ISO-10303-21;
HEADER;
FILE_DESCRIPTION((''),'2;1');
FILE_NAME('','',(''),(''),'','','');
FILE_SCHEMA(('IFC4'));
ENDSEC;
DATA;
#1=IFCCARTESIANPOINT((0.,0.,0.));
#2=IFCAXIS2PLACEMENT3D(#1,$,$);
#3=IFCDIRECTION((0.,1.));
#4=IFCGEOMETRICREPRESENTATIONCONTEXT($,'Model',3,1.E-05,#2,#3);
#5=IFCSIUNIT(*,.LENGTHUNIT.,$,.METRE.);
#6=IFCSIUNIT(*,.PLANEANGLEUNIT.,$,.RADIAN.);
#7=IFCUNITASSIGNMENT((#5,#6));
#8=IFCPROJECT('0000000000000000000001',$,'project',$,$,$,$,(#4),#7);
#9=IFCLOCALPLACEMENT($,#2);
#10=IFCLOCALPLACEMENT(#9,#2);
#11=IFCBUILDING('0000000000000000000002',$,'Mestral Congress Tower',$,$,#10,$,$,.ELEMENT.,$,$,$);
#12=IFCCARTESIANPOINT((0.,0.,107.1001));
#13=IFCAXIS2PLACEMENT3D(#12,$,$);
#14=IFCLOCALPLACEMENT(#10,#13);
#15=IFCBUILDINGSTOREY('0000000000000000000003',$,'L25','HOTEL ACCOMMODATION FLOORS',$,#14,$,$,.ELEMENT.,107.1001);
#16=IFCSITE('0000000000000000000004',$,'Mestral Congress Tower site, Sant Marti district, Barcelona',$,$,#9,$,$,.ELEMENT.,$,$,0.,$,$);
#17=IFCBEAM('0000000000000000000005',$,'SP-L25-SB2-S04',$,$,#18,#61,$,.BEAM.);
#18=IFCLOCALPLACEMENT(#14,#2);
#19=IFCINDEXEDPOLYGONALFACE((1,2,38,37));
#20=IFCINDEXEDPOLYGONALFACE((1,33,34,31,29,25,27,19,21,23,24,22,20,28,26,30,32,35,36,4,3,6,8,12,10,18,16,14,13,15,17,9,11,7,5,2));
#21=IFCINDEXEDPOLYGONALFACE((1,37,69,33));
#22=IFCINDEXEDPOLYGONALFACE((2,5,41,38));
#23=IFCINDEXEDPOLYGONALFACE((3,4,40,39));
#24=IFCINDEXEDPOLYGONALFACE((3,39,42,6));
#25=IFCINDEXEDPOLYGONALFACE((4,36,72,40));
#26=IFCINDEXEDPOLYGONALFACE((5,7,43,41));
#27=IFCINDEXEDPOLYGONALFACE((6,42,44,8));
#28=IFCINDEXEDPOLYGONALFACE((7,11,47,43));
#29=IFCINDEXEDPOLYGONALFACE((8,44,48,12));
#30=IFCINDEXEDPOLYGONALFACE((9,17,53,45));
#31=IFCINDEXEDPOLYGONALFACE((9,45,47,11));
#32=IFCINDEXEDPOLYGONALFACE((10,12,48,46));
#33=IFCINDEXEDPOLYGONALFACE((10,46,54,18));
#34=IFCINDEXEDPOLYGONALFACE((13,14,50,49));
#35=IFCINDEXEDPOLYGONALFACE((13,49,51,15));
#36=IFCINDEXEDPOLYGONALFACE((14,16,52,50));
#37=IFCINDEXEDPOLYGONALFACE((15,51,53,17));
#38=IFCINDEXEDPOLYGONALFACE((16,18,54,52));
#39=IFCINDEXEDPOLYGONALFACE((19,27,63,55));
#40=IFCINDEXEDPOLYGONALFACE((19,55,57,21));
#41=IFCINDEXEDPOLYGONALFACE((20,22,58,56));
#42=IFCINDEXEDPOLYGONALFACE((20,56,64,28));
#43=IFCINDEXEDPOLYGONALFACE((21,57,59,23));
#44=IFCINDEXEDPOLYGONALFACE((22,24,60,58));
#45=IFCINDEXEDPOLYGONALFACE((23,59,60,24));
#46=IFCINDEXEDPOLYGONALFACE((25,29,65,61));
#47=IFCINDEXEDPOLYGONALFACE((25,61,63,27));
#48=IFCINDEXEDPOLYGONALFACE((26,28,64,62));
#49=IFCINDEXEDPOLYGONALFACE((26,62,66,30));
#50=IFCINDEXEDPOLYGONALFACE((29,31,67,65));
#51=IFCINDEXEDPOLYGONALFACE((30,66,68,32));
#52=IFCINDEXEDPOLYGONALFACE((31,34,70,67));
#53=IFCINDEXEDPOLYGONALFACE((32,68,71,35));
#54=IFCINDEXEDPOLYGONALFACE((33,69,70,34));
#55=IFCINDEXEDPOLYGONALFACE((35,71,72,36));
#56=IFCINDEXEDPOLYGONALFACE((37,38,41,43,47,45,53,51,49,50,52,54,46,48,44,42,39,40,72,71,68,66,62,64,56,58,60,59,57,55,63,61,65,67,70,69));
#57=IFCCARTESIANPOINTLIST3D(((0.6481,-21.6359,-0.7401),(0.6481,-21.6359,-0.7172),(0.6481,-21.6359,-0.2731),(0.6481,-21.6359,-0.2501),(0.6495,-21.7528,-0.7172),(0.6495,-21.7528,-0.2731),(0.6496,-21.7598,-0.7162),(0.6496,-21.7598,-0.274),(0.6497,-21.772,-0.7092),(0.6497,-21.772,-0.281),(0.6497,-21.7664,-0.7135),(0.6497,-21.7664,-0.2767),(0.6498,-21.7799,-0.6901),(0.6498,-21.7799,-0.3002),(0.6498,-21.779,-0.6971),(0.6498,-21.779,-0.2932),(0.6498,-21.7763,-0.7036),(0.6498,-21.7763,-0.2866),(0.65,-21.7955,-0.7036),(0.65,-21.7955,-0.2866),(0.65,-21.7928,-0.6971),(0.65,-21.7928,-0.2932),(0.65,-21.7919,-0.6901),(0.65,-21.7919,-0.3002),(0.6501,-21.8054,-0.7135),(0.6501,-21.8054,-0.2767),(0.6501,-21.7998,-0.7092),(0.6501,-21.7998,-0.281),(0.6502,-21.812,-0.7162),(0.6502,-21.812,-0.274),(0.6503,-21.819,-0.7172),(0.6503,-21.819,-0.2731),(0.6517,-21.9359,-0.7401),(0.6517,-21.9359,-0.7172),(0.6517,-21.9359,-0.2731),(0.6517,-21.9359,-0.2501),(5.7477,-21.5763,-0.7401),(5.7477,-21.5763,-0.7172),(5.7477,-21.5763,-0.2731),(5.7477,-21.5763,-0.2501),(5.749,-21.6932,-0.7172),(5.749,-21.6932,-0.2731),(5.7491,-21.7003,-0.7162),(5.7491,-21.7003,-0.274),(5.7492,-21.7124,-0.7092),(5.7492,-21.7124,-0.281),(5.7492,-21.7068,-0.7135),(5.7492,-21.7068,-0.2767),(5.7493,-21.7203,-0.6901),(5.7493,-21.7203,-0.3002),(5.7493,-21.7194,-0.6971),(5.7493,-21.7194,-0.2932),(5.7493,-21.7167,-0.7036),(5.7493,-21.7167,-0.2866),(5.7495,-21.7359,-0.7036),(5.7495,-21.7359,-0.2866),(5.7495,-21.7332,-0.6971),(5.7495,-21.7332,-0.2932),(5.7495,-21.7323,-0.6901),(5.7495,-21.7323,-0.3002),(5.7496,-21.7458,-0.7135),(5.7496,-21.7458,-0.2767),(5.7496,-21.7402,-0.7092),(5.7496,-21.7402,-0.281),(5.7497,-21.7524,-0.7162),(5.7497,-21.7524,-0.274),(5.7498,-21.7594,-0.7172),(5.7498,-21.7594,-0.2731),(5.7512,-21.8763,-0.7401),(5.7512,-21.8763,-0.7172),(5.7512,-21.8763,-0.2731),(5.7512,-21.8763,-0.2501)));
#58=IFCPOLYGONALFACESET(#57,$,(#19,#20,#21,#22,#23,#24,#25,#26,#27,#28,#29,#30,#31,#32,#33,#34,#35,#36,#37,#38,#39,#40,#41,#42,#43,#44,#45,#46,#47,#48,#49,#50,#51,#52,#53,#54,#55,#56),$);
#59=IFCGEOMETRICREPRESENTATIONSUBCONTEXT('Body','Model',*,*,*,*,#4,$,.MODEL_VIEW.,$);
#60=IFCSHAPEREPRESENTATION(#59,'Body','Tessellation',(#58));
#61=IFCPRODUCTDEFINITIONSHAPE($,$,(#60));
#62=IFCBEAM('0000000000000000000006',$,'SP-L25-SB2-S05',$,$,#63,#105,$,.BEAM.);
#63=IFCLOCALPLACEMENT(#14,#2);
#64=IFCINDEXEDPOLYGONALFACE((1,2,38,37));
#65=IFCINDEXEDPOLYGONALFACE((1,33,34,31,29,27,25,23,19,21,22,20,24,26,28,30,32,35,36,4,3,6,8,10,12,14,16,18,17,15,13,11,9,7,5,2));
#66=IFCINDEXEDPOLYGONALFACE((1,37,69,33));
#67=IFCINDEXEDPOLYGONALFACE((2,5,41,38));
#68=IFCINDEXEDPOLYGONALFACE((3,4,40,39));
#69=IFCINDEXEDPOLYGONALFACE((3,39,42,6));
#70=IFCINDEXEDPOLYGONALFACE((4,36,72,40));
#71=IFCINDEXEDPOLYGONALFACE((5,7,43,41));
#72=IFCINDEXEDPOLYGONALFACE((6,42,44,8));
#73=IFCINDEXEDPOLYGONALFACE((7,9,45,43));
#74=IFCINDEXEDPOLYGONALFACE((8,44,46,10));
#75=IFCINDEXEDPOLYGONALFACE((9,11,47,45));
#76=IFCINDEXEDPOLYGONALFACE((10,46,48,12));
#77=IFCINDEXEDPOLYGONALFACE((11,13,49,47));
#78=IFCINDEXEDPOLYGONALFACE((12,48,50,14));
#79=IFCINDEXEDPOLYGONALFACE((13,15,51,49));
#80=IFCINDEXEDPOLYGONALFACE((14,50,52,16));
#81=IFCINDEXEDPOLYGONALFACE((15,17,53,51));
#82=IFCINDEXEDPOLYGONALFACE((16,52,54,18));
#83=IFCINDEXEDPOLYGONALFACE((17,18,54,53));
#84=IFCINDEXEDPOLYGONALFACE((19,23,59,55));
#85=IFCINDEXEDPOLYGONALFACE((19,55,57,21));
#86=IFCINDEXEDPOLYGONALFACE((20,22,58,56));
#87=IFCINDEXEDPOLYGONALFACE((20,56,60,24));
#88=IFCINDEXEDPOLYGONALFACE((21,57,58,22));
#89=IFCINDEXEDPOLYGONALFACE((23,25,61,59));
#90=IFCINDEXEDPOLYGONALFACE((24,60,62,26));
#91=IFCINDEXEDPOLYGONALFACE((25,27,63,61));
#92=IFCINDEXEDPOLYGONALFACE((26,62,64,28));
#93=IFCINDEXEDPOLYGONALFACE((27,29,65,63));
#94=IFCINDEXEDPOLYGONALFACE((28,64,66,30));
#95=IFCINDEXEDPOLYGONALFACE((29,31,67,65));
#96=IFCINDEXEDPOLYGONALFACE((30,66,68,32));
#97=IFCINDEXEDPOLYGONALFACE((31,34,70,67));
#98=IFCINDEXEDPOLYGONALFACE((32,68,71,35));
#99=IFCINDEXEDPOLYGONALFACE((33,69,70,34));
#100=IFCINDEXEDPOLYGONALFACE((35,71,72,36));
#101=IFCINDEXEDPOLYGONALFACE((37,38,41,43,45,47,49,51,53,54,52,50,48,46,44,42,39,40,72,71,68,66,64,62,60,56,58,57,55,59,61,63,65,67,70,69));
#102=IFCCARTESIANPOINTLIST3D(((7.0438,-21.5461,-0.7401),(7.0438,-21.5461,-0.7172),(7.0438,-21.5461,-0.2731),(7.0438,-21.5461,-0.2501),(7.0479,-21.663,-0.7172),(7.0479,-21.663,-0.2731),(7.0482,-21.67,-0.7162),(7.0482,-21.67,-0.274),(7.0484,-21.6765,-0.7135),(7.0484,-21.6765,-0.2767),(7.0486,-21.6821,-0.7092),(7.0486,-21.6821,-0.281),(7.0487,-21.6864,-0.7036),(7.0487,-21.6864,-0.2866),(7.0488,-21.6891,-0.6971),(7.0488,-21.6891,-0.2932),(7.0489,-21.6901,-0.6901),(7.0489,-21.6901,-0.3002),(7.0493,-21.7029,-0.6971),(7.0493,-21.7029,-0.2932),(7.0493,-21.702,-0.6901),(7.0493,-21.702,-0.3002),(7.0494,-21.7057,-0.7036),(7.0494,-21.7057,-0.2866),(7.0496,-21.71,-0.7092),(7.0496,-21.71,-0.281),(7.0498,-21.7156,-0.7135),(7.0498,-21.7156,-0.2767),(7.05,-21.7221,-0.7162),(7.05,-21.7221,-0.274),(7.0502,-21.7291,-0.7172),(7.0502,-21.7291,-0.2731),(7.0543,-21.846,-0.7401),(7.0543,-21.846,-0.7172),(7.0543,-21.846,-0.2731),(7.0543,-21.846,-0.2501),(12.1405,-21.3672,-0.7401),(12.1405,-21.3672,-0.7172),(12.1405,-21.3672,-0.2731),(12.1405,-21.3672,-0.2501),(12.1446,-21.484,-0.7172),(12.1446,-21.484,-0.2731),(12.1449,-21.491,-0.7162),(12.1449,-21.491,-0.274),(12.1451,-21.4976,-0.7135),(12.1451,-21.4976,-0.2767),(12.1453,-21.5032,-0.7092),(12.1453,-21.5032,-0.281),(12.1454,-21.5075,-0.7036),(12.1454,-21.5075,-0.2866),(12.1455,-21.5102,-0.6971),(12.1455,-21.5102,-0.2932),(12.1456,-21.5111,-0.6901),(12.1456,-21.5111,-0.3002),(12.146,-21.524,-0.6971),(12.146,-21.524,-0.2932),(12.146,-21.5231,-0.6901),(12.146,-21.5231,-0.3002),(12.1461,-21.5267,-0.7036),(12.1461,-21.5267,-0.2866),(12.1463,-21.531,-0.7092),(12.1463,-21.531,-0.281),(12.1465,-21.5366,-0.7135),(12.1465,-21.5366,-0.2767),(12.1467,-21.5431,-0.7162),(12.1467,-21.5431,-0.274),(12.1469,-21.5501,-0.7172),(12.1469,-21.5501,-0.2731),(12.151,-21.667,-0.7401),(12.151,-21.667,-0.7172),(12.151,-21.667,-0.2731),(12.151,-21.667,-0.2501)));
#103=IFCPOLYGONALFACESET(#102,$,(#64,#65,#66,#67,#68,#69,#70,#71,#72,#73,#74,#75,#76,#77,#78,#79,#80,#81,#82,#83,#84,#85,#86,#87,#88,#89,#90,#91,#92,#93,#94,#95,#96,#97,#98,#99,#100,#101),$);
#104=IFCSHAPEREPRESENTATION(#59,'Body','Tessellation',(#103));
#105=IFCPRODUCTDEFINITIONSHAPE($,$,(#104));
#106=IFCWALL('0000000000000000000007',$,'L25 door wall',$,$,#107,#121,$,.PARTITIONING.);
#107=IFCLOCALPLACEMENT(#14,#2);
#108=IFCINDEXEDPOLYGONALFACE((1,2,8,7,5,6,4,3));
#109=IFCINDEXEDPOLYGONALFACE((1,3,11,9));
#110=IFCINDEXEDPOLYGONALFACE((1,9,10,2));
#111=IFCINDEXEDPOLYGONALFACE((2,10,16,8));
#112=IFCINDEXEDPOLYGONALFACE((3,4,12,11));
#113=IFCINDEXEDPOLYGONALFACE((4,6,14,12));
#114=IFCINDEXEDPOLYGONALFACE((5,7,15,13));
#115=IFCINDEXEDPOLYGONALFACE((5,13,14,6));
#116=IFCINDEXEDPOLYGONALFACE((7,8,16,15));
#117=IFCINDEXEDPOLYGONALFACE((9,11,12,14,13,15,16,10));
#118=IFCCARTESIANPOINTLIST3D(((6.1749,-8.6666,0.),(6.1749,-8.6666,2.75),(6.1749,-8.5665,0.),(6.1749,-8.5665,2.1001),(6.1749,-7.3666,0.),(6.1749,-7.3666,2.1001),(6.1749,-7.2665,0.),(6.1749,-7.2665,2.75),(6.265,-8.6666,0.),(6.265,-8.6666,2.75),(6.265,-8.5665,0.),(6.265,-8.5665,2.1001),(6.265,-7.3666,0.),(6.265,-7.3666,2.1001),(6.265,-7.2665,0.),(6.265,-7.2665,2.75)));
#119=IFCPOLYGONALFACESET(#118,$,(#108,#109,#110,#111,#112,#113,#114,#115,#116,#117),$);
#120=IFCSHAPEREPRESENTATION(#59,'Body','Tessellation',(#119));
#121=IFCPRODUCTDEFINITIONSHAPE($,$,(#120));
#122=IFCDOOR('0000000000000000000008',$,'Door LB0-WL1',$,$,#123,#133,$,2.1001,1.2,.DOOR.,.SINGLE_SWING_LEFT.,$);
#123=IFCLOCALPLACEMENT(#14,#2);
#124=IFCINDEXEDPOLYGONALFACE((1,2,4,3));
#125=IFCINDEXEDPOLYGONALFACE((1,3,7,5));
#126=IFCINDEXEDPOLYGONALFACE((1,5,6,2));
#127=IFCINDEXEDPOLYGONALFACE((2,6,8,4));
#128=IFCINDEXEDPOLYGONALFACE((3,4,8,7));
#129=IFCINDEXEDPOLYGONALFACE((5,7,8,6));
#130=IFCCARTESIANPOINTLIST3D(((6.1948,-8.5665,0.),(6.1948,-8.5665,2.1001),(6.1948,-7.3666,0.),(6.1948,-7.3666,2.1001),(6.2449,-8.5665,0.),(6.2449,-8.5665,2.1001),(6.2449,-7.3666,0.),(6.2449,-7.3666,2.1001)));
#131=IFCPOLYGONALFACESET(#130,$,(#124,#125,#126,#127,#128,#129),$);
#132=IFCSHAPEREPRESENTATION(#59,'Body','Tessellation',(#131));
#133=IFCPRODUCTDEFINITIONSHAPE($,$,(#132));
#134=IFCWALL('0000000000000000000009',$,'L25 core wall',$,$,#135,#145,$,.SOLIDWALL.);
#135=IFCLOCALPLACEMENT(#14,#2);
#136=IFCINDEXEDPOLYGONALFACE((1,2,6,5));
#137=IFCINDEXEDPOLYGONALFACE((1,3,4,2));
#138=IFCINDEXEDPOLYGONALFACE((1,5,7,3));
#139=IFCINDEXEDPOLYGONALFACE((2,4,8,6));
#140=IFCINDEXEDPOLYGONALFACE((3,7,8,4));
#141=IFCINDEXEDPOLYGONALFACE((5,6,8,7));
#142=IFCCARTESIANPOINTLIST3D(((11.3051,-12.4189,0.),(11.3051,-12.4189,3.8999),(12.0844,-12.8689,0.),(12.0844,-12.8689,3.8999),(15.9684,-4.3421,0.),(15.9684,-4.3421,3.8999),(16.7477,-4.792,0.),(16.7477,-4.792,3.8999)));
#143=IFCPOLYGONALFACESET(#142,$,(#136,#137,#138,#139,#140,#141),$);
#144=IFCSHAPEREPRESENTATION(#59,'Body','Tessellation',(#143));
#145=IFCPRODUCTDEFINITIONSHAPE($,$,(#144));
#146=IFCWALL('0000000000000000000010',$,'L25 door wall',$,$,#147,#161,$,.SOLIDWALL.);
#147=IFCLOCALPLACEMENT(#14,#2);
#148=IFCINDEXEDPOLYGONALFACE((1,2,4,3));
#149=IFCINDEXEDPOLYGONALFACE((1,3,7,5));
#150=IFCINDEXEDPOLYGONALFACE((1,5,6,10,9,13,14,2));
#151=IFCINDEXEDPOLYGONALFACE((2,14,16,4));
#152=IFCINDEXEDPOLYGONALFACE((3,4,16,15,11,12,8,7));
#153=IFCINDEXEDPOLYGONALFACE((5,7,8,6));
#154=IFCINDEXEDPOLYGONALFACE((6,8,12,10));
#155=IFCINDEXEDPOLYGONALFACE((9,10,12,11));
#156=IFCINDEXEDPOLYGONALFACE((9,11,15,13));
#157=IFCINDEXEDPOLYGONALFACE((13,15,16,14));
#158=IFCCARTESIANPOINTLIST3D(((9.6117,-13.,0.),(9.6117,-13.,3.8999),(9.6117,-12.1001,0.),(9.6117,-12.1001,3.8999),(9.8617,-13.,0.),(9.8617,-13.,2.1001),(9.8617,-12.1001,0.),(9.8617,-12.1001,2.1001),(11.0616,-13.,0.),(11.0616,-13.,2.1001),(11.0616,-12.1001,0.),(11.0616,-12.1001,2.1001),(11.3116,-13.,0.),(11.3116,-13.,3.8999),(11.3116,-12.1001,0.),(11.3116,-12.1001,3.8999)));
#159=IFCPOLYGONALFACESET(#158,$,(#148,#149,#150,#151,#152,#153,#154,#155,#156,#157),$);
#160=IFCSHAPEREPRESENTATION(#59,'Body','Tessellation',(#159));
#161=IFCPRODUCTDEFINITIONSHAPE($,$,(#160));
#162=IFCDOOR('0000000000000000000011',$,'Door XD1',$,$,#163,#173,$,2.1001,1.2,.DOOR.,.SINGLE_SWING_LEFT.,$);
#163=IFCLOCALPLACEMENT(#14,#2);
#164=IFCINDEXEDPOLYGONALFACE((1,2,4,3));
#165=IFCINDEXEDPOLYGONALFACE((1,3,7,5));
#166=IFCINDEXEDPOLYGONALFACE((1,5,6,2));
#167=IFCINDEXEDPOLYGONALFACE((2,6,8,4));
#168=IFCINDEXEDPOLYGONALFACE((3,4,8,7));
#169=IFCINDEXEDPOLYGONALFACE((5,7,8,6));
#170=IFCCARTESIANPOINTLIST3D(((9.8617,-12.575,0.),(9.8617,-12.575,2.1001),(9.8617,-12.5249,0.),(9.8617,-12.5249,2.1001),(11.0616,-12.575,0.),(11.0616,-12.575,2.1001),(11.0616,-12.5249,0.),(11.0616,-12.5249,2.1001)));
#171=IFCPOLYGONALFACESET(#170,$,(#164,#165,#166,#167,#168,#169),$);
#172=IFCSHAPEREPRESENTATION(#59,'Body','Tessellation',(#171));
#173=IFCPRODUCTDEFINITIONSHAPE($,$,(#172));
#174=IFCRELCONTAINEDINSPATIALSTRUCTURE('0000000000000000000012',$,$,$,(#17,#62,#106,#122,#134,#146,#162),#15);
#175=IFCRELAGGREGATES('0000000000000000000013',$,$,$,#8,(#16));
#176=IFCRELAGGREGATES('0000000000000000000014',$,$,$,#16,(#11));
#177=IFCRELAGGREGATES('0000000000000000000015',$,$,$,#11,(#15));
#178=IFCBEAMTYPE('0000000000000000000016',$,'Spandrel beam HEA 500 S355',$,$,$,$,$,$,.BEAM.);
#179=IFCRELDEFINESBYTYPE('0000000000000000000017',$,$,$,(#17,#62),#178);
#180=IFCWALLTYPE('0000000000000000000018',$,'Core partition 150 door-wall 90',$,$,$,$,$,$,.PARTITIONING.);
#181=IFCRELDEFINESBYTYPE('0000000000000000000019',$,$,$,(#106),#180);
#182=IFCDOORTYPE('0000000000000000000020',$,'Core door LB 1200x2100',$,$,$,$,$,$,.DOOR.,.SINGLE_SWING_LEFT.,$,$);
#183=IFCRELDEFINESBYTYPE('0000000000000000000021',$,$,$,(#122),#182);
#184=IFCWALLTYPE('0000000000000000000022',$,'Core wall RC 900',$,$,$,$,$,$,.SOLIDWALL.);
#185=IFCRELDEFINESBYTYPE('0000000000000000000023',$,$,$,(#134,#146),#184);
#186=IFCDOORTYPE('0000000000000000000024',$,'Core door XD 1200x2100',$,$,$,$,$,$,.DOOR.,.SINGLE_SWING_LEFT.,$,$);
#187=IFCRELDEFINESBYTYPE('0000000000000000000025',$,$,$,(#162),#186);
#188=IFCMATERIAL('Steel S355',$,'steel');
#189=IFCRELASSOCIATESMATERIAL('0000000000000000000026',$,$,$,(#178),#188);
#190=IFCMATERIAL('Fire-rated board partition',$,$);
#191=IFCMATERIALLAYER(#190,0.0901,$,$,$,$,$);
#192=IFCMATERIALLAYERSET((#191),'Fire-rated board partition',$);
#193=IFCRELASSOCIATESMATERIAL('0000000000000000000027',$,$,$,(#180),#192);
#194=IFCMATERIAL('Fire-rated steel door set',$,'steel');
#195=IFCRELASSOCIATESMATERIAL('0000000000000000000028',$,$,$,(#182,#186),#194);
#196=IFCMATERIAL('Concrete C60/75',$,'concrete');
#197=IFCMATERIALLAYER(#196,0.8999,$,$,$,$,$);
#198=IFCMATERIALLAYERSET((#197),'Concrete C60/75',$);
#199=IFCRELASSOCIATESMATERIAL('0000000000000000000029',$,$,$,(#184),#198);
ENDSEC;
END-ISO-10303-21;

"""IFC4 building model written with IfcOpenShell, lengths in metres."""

from ifc_helpers import new_model, si_unit, direction, frame, frame_2d, origin, origin_2d, place, context, subcontext, project, spatial, rectangle, i_section, extrude, material, layer, layer_set, material_profile, profile_set, type_object, element, fill, save


model = new_model("IFC4")

# Units and contexts
model_context = context("Model", 3, precision=1e-05, world=origin(), true_north=direction((0.0, 1.0)))
body_context = subcontext(model_context, "Body", "Model", "MODEL_VIEW")
ifc_project = project(units=[si_unit("LENGTHUNIT", "METRE"), si_unit("PLANEANGLEUNIT", "RADIAN")], contexts=[model_context])

# Site, building, storey
site_placement = place(None, origin())
site = spatial("IfcSite", under=ifc_project, at=site_placement, Name="Mestral Congress Tower site, Sant Marti district, Barcelona", CompositionType="ELEMENT", RefElevation=0.0)
building_placement = place(site_placement, origin())
building = spatial("IfcBuilding", under=site, at=building_placement, Name="Mestral Congress Tower", CompositionType="ELEMENT")
storey_placement = place(building_placement, frame((0.0, 0.0, 107.1001)))
storey = spatial("IfcBuildingStorey", under=building, at=storey_placement, Name="L25", Description="HOTEL ACCOMMODATION FLOORS", CompositionType="ELEMENT", Elevation=107.1001)

# Beams
ifc_material_1 = material(Name="Steel S355", Category="steel")
ifc_material_profile_1 = material_profile(ifc_material_1, i_section(OverallWidth=0.3, OverallDepth=0.49, WebThickness=0.012, FlangeThickness=0.0229, FilletRadius=0.0271, at=origin_2d()), Name="HEA 500")
ifc_profile_set_1 = profile_set([ifc_material_profile_1], Name="Steel S355")
beam_type_1 = type_object("IfcBeamType", Name="Spandrel beam HEA 500 S355", PredefinedType="BEAM", material=ifc_profile_set_1)
for number, where, z_axis, x_axis, name in (
    (1, (0.6499, -21.7859, -0.4951), (0.999932, 0.011681, 0.0), (-0.011681, 0.999932, 0.0), "SP-L25-SB2-S04"),
    (2, (7.0491, -21.696, -0.4951), (0.999384, 0.03509, 0.0), (-0.03509, 0.999384, 0.0), "SP-L25-SB2-S05"),
):
    element("IfcBeam", number, at=place(storey_placement, frame(where, z_axis=z_axis, x_axis=x_axis)), inside=storey, type_object=beam_type_1, Name=name, PredefinedType="BEAM", context=body_context, shape_type="SweptSolid", body=[
        extrude(i_section(OverallWidth=0.3, OverallDepth=0.49, WebThickness=0.012, FlangeThickness=0.0229, FilletRadius=0.0271, at=origin_2d()), origin(), (0.0, 0.0, 1.0), 5.0999),
    ])

# Wall, opening, door
ifc_material_2 = material(Name="Fire-rated board partition")
ifc_layer_1 = layer(ifc_material_2, 0.0901)
ifc_layer_set_1 = layer_set([ifc_layer_1], Name="Fire-rated board partition")
wall_type_1 = type_object("IfcWallType", Name="Core partition 150 door-wall 90", PredefinedType="PARTITIONING", material=ifc_layer_set_1)
wall_1_placement = place(storey_placement, frame((6.22, -7.2664, 0.0), z_axis=(0.0, 0.0, 1.0), x_axis=(0.0, -1.0, 0.0)))
wall_1 = element("IfcWall", 3, at=wall_1_placement, inside=storey, type_object=wall_type_1, Name="L25 door wall", PredefinedType="PARTITIONING", context=body_context, shape_type="SweptSolid", body=[
    extrude(rectangle(XDim=1.4001, YDim=0.0901, at=frame_2d((0.7002, 0.0))), origin(), (0.0, 0.0, 1.0), 2.75),
])
opening_1_placement = place(wall_1_placement, frame((0.1001, 0.0, 0.0)))
opening_1 = element("IfcOpeningElement", 4, at=opening_1_placement, cuts=wall_1, PredefinedType="OPENING", context=body_context, shape_type="SweptSolid", body=[
    extrude(rectangle(XDim=1.2, YDim=2.1001, at=frame_2d((0.6001, 1.05))), frame((0.0, 0.0549, 0.0), z_axis=(0.0, -1.0, 0.0), x_axis=(1.0, 0.0, 0.0)), (0.0, 0.0, 1.0), 0.1101),
])
ifc_material_3 = material(Name="Fire-rated steel door set", Category="steel")
door_type_1 = type_object("IfcDoorType", Name="Core door LB 1200x2100", OperationType="SINGLE_SWING_LEFT", PredefinedType="DOOR", material=ifc_material_3)
door_1_placement = place(opening_1_placement, origin())
door_1 = element("IfcDoor", 5, at=door_1_placement, inside=storey, type_object=door_type_1, Name="Door LB0-WL1", OperationType="SINGLE_SWING_LEFT", OverallHeight=2.1001, OverallWidth=1.2, PredefinedType="DOOR", context=body_context, shape_type="SweptSolid", body=[
    extrude(rectangle(XDim=1.2, YDim=2.1001, at=frame_2d((0.6001, 1.05))), frame((0.0, 0.0249, 0.0), z_axis=(0.0, -1.0, 0.0), x_axis=(1.0, 0.0, 0.0)), (0.0, 0.0, 1.0), 0.05),
])
fill(opening_1, door_1)

# Wall
ifc_material_4 = material(Name="Concrete C60/75", Category="concrete")
ifc_layer_2 = layer(ifc_material_4, 0.8999)
ifc_layer_set_2 = layer_set([ifc_layer_2], Name="Concrete C60/75")
wall_type_2 = type_object("IfcWallType", Name="Core wall RC 900", PredefinedType="SOLIDWALL", material=ifc_layer_set_2)
wall_2_placement = place(storey_placement, frame((11.6948, -12.6438, 0.0), z_axis=(0.0, 0.0, 1.0), x_axis=(0.50001, 0.866019, 0.0)))
element("IfcWall", 6, at=wall_2_placement, inside=storey, type_object=wall_type_2, Name="L25 core wall", PredefinedType="SOLIDWALL", context=body_context, shape_type="SweptSolid", body=[
    extrude(rectangle(XDim=9.3264, YDim=0.8999, at=frame_2d((4.6631, 0.0))), origin(), (0.0, 0.0, 1.0), 3.8999),
])

# Wall, opening, door
wall_3_placement = place(storey_placement, frame((11.3118, -12.55, 0.0), z_axis=(0.0, 0.0, 1.0), x_axis=(-1.0, 0.0, 0.0)))
wall_3 = element("IfcWall", 7, at=wall_3_placement, inside=storey, type_object=wall_type_2, Name="L25 door wall", PredefinedType="SOLIDWALL", context=body_context, shape_type="SweptSolid", body=[
    extrude(rectangle(XDim=1.7, YDim=0.8999, at=frame_2d((0.8501, 0.0))), origin(), (0.0, 0.0, 1.0), 3.8999),
])
opening_2_placement = place(wall_3_placement, frame((0.25, 0.0, 0.0)))
opening_2 = element("IfcOpeningElement", 8, at=opening_2_placement, cuts=wall_3, PredefinedType="OPENING", context=body_context, shape_type="SweptSolid", body=[
    extrude(rectangle(XDim=1.2, YDim=2.1001, at=frame_2d((0.6001, 1.05))), frame((0.0, 0.46, 0.0), z_axis=(0.0, -1.0, 0.0), x_axis=(1.0, 0.0, 0.0)), (0.0, 0.0, 1.0), 0.9199),
])
door_type_2 = type_object("IfcDoorType", Name="Core door XD 1200x2100", OperationType="SINGLE_SWING_LEFT", PredefinedType="DOOR", material=ifc_material_3)
door_2_placement = place(opening_2_placement, origin())
door_2 = element("IfcDoor", 9, at=door_2_placement, inside=storey, type_object=door_type_2, Name="Door XD1", OperationType="SINGLE_SWING_LEFT", OverallHeight=2.1001, OverallWidth=1.2, PredefinedType="DOOR", context=body_context, shape_type="SweptSolid", body=[
    extrude(rectangle(XDim=1.2, YDim=2.1001, at=frame_2d((0.6001, 1.05))), frame((0.0, 0.0249, 0.0), z_axis=(0.0, -1.0, 0.0), x_axis=(1.0, 0.0, 0.0)), (0.0, 0.0, 1.0), 0.05),
])
fill(opening_2, door_2)

save(model, "model.ifc")
